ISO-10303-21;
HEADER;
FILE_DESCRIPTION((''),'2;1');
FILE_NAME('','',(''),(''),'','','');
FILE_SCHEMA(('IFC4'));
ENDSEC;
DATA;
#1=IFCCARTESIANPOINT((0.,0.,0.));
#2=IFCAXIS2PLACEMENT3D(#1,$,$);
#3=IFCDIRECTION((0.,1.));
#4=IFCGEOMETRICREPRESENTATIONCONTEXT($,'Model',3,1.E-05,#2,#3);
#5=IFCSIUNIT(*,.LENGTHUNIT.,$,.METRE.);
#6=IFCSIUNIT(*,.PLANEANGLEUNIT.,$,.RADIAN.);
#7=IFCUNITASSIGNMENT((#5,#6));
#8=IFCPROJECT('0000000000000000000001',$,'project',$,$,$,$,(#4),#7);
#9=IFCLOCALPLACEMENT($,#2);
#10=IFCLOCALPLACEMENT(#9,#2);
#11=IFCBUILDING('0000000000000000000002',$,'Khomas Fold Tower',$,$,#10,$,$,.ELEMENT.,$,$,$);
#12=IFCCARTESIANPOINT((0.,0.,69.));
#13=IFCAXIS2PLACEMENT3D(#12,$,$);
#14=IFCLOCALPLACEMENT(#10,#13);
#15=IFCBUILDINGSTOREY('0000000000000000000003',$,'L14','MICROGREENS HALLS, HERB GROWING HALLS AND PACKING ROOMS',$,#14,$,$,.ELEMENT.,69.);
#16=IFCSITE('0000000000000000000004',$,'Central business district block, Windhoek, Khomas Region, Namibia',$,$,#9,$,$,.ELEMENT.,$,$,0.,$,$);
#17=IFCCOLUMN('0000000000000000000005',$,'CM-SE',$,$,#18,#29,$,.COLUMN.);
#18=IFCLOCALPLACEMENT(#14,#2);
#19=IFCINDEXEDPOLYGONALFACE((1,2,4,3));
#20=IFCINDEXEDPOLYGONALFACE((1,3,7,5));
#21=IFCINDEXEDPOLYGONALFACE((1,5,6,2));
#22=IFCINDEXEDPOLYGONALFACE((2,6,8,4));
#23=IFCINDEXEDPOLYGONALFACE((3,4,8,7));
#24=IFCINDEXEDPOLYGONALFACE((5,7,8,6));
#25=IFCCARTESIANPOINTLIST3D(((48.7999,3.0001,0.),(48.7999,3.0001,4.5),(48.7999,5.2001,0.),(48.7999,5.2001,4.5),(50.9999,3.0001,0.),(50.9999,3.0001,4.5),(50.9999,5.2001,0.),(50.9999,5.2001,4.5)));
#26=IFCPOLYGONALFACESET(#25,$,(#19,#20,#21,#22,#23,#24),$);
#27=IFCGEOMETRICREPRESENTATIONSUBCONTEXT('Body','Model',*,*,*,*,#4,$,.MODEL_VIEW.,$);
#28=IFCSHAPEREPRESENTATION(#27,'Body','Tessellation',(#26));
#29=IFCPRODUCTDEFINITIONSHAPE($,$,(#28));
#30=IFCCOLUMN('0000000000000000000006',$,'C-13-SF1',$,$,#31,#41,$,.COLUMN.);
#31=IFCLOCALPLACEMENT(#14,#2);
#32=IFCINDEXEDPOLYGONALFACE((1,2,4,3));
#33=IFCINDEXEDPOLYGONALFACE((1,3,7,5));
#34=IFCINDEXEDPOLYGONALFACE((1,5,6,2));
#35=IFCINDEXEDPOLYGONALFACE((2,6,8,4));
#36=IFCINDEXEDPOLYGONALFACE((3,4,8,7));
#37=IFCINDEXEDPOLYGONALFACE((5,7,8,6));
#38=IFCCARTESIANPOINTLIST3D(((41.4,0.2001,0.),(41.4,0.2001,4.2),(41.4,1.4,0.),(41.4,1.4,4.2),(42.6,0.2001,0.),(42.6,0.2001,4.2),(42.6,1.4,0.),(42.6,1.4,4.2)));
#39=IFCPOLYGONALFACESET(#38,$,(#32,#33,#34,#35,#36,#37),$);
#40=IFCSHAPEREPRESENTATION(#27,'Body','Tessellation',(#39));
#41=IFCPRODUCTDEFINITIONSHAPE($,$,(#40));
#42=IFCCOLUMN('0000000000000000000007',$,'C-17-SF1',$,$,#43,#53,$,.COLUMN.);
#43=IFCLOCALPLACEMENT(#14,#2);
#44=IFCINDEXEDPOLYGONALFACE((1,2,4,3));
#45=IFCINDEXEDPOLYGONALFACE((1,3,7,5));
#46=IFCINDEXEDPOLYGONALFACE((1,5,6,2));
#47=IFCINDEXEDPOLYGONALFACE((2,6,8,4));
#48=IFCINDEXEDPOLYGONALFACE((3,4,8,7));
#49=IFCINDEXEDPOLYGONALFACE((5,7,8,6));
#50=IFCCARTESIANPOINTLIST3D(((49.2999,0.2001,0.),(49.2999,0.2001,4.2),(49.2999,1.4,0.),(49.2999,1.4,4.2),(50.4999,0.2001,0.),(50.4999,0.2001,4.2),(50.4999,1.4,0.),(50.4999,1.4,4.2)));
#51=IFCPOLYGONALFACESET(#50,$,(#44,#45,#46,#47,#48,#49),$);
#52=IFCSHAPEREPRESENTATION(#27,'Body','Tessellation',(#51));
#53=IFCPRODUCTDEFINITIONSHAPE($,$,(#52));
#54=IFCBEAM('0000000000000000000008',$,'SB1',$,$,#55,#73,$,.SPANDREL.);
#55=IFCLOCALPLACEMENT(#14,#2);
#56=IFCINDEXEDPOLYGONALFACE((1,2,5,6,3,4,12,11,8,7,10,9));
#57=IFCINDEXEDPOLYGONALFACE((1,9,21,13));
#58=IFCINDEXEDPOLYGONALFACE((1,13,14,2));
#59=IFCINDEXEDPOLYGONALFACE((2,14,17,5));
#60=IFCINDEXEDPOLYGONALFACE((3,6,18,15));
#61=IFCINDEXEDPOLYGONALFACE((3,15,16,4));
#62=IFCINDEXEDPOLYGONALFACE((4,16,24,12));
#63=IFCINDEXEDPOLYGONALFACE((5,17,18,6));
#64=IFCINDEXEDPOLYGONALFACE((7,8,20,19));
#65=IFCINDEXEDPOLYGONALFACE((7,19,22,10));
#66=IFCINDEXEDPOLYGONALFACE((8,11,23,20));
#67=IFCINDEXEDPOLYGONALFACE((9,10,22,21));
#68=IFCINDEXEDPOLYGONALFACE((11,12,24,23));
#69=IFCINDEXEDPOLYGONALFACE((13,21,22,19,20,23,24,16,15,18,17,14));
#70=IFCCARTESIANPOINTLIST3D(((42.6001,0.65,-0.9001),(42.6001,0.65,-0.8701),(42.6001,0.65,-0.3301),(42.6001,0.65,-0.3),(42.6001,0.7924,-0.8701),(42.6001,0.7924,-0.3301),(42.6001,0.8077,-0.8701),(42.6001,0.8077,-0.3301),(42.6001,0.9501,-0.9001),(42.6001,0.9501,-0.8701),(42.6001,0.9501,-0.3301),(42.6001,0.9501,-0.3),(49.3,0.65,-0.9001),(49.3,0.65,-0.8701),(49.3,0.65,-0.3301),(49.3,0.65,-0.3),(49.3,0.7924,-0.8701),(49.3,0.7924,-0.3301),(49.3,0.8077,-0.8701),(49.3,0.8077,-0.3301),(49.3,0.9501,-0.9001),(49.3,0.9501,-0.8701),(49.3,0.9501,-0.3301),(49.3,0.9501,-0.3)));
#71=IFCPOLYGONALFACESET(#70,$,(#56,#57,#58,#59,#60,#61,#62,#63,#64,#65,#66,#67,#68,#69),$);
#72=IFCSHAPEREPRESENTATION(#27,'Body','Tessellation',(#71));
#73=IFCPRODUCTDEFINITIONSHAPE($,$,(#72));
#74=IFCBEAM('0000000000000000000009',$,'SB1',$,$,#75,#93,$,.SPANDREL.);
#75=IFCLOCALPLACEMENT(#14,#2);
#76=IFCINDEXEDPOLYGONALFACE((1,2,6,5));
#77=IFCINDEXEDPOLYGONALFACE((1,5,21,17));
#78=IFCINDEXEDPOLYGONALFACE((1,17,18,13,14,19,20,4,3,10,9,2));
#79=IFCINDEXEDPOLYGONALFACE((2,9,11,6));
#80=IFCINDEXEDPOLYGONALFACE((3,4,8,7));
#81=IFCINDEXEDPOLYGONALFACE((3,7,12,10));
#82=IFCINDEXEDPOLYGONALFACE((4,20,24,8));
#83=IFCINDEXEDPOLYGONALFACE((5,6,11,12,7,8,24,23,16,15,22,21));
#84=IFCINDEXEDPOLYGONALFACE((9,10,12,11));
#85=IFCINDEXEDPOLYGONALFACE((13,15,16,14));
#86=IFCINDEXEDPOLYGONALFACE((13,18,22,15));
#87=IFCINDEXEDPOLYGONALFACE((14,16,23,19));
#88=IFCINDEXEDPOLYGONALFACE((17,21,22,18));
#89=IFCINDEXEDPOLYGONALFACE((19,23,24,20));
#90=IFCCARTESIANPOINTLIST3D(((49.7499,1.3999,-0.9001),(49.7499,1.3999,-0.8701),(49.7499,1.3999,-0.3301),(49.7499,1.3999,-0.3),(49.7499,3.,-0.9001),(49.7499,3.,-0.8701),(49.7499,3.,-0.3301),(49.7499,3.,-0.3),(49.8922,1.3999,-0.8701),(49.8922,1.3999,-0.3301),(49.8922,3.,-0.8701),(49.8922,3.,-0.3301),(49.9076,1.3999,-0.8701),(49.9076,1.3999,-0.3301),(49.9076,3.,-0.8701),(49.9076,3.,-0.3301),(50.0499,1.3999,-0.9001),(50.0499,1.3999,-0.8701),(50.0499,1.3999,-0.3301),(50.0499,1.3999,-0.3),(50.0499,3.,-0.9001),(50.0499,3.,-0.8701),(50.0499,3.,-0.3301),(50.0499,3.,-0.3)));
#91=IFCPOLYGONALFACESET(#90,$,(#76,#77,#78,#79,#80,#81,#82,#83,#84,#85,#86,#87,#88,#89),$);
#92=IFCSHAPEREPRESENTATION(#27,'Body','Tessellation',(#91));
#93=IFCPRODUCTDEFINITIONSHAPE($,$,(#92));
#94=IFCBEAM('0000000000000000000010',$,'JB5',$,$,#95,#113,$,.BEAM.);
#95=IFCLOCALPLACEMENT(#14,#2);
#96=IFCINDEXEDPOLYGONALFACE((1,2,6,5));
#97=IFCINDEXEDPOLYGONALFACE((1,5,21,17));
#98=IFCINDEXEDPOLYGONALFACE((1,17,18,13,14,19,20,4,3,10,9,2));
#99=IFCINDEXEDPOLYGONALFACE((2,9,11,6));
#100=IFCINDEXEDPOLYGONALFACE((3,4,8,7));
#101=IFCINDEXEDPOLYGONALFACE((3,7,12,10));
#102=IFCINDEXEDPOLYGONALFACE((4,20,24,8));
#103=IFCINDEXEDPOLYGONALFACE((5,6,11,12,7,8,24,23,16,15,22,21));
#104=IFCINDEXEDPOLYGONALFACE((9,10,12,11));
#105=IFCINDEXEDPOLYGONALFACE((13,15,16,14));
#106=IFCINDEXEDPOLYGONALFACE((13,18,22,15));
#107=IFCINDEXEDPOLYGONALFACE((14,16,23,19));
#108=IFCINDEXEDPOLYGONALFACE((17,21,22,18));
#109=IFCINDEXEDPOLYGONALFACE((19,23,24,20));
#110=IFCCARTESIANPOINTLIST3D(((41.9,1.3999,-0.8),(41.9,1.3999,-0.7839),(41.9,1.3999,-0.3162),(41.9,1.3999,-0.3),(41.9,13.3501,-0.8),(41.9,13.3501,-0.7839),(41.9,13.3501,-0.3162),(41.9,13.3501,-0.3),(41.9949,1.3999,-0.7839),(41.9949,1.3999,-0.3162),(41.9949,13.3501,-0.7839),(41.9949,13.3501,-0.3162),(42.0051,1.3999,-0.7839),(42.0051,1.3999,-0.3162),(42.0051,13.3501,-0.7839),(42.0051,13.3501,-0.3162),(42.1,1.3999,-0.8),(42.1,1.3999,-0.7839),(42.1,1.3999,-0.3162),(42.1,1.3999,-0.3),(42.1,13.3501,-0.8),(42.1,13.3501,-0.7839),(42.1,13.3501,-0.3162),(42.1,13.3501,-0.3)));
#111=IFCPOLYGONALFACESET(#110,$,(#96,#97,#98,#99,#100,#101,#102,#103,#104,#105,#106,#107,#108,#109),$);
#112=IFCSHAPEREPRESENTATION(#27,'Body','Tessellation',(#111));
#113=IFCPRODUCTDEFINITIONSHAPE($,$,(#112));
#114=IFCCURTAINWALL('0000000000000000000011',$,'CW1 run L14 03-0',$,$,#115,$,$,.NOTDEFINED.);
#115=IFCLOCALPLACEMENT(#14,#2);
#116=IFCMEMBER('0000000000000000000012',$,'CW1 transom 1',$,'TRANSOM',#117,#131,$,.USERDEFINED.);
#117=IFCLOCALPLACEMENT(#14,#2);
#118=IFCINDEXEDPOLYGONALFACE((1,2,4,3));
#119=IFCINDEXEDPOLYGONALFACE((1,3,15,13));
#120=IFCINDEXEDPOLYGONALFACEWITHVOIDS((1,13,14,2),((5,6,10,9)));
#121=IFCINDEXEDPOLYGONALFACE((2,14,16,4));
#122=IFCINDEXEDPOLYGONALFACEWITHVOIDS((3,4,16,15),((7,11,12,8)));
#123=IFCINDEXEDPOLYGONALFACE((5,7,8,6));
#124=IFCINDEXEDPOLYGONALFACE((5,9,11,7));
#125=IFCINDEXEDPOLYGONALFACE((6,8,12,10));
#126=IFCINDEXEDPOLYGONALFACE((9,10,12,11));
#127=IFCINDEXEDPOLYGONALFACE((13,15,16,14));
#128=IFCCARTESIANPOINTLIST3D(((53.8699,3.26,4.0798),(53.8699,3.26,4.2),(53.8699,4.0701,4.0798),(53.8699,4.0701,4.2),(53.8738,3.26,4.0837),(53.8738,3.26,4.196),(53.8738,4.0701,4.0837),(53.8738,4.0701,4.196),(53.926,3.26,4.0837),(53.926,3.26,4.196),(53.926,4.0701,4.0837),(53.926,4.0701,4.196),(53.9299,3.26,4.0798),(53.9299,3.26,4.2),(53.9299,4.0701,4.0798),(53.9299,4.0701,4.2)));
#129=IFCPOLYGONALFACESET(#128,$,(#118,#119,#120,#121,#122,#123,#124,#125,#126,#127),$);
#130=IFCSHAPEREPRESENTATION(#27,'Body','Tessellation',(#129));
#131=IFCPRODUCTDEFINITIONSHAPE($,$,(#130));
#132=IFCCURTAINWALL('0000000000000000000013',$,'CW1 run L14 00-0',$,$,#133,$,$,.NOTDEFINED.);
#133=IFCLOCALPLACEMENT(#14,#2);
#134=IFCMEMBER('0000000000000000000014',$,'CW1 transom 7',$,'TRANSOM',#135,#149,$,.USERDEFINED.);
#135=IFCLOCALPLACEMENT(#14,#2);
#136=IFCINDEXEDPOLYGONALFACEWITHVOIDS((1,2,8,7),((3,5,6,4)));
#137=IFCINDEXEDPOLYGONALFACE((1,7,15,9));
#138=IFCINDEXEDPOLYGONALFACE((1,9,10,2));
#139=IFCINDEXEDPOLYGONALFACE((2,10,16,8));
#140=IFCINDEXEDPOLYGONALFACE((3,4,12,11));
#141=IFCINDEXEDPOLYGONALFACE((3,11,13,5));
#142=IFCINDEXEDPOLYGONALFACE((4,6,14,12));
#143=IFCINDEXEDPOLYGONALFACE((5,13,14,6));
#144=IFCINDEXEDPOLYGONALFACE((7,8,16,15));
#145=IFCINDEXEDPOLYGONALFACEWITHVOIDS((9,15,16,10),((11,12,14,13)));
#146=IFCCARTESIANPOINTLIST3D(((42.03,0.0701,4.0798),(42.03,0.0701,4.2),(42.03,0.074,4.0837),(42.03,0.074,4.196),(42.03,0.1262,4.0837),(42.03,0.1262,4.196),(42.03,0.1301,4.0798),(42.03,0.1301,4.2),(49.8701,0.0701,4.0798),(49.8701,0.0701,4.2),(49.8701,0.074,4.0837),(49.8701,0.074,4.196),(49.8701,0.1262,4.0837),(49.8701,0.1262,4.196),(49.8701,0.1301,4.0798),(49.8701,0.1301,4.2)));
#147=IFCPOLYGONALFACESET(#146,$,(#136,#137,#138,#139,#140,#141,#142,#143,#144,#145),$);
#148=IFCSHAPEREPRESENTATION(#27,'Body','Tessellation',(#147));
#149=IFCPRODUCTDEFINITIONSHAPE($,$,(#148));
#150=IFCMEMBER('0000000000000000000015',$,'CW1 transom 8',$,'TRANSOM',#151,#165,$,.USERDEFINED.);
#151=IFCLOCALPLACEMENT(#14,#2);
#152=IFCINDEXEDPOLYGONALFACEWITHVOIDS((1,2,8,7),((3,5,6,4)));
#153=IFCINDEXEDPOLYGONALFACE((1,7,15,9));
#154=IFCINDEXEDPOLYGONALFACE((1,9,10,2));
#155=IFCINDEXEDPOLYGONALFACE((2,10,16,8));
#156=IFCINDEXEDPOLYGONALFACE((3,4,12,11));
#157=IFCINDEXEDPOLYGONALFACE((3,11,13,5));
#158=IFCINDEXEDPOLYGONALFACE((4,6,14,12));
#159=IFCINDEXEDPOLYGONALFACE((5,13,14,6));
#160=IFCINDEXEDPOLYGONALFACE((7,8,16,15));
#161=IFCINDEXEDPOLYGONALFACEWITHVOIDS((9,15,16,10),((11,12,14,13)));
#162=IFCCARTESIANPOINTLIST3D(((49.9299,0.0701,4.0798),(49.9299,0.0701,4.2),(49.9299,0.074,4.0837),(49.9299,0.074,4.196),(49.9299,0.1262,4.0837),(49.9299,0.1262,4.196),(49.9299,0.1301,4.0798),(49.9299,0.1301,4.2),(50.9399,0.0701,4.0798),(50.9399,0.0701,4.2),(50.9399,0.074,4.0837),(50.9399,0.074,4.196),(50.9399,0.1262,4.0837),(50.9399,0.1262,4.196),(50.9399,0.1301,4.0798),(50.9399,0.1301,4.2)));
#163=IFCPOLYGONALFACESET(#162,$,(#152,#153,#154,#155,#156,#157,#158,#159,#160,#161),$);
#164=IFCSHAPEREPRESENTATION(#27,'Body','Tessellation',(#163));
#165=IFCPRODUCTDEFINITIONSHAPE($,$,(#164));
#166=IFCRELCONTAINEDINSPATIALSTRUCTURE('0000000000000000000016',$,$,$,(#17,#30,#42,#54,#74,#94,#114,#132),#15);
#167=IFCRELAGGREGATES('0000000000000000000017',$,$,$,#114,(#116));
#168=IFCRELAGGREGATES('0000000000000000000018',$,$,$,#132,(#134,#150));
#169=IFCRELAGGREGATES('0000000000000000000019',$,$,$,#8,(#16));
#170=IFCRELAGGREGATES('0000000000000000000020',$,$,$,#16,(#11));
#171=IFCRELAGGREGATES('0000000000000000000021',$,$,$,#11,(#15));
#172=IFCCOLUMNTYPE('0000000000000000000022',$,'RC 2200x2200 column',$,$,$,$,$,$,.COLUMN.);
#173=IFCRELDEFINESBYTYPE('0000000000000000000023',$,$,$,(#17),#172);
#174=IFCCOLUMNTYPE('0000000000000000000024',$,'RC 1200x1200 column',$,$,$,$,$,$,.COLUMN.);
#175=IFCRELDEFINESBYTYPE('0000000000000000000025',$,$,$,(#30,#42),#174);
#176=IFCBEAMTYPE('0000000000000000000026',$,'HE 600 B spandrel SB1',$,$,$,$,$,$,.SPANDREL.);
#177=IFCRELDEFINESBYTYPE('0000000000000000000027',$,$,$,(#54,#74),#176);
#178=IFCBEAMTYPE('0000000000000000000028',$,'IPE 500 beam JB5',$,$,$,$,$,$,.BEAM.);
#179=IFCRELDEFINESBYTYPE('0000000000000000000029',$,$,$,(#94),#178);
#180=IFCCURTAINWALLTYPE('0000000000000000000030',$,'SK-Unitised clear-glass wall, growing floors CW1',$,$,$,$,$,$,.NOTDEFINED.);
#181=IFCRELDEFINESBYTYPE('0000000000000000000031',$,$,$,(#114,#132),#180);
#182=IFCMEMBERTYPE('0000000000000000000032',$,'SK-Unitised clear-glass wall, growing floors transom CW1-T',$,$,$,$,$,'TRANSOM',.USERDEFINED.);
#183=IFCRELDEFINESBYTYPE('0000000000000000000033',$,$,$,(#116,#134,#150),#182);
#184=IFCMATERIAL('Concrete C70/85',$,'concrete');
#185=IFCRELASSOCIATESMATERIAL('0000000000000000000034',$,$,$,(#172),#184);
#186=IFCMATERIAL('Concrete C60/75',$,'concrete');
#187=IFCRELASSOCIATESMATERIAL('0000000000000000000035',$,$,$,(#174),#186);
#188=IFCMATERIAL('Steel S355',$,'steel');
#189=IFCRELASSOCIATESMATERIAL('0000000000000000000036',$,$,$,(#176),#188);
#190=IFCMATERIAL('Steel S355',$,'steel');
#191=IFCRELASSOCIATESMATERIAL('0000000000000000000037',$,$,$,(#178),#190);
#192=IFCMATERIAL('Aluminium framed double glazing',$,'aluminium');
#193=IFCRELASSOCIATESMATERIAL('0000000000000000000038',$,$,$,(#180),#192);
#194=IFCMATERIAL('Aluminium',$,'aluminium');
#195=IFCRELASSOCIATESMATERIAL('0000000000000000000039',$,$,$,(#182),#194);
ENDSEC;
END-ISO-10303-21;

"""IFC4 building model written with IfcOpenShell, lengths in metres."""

from ifc_helpers import new_model, si_unit, direction, frame, origin, origin_2d, place, context, subcontext, project, spatial, rectangle, hollow_rectangle, i_section, extrude, source, transform, mapped, material, material_profile, profile_set, type_object, element, aggregate, save


model = new_model("IFC4")

# Units and contexts
model_context = context("Model", 3, precision=1e-05, world=origin(), true_north=direction((0.0, 1.0)))
body_context = subcontext(model_context, "Body", "Model", "MODEL_VIEW")
ifc_project = project(units=[si_unit("LENGTHUNIT", "METRE"), si_unit("PLANEANGLEUNIT", "RADIAN")], contexts=[model_context])

# Site, building, storey
site_placement = place(None, origin())
site = spatial("IfcSite", under=ifc_project, at=site_placement, Name="Central business district block, Windhoek, Khomas Region, Namibia", CompositionType="ELEMENT", RefElevation=0.0)
building_placement = place(site_placement, origin())
building = spatial("IfcBuilding", under=site, at=building_placement, Name="Khomas Fold Tower", CompositionType="ELEMENT")
storey_placement = place(building_placement, frame((0.0, 0.0, 69.0)))
storey = spatial("IfcBuildingStorey", under=building, at=storey_placement, Name="L14", Description="MICROGREENS HALLS, HERB GROWING HALLS AND PACKING ROOMS", CompositionType="ELEMENT", Elevation=69.0)

# Columns
ifc_material_1 = material(Name="Concrete C70/85", Category="concrete")
ifc_material_profile_1 = material_profile(ifc_material_1, rectangle(XDim=2.2, YDim=2.2, at=origin_2d()), Name="RC 2200x2200")
ifc_profile_set_1 = profile_set([ifc_material_profile_1], Name="Concrete C70/85")
column_type_1 = type_object("IfcColumnType", Name="RC 2200x2200 column", PredefinedType="COLUMN", material=ifc_profile_set_1)
shared_shape_1 = source(origin(), body_context, "Body", "SweptSolid", [
    extrude(rectangle(XDim=2.2, YDim=2.2, at=origin_2d()), origin(), (0.0, 0.0, 1.0), 4.5),
])
column_placement = place(storey_placement, frame((49.8999, 4.1001, 0.0), z_axis=(0.0, 0.0, 1.0), x_axis=(1.0, 0.0, 0.0)))
element("IfcColumn", 1, at=column_placement, inside=storey, type_object=column_type_1, Name="CM-SE", PredefinedType="COLUMN", context=body_context, shape_type="MappedRepresentation", body=[
    mapped(shared_shape_1, transform((0.0, 0.0, 0.0))),
])
ifc_material_2 = material(Name="Concrete C60/75", Category="concrete")
ifc_material_profile_2 = material_profile(ifc_material_2, rectangle(XDim=1.2, YDim=1.2, at=origin_2d()), Name="RC 1200x1200")
ifc_profile_set_2 = profile_set([ifc_material_profile_2], Name="Concrete C60/75")
column_type_2 = type_object("IfcColumnType", Name="RC 1200x1200 column", PredefinedType="COLUMN", material=ifc_profile_set_2)
shared_shape_2 = source(origin(), body_context, "Body", "SweptSolid", [
    extrude(rectangle(XDim=1.2, YDim=1.2, at=origin_2d()), origin(), (0.0, 0.0, 1.0), 4.2),
])
for number, where, z_axis, x_axis, name in (
    (2, (42.0, 0.8, 0.0), (0.0, 0.0, 1.0), (1.0, 0.0, 0.0), "C-13-SF1"),
    (3, (49.8999, 0.8, 0.0), (0.0, 0.0, 1.0), (1.0, 0.0, 0.0), "C-17-SF1"),
):
    element("IfcColumn", number, at=place(storey_placement, frame(where, z_axis=z_axis, x_axis=x_axis)), inside=storey, type_object=column_type_2, Name=name, PredefinedType="COLUMN", context=body_context, shape_type="MappedRepresentation", body=[
        mapped(shared_shape_2, transform((0.0, 0.0, 0.0))),
    ])

# Beams
ifc_material_3 = material(Name="Steel S355", Category="steel")
ifc_material_profile_3 = material_profile(ifc_material_3, i_section(OverallWidth=0.3, OverallDepth=0.6001, WebThickness=0.0154, FlangeThickness=0.03, at=origin_2d()), Name="HE 600 B")
ifc_profile_set_3 = profile_set([ifc_material_profile_3], Name="Steel S355")
beam_type_1 = type_object("IfcBeamType", Name="HE 600 B spandrel SB1", PredefinedType="SPANDREL", material=ifc_profile_set_3)
shared_shape_3 = source(origin(), body_context, "Body", "SweptSolid", [
    extrude(i_section(OverallWidth=0.3, OverallDepth=0.6001, WebThickness=0.0154, FlangeThickness=0.03, at=origin_2d()), origin(), (0.0, 0.0, 1.0), 6.7),
])
beam_1_placement = place(storey_placement, frame((42.6001, 0.8, -0.6001), z_axis=(1.0, 0.0, 0.0), x_axis=(0.0, 1.0, 0.0)))
element("IfcBeam", 4, at=beam_1_placement, inside=storey, type_object=beam_type_1, Name="SB1", PredefinedType="SPANDREL", context=body_context, shape_type="MappedRepresentation", body=[
    mapped(shared_shape_3, transform((0.0, 0.0, 0.0))),
])
shared_shape_4 = source(origin(), body_context, "Body", "SweptSolid", [
    extrude(i_section(OverallWidth=0.3, OverallDepth=0.6001, WebThickness=0.0154, FlangeThickness=0.03, at=origin_2d()), origin(), (0.0, 0.0, 1.0), 1.6001),
])
beam_2_placement = place(storey_placement, frame((49.8999, 1.3999, -0.6001), z_axis=(0.0, 1.0, 0.0), x_axis=(-1.0, 0.0, 0.0)))
element("IfcBeam", 5, at=beam_2_placement, inside=storey, type_object=beam_type_1, Name="SB1", PredefinedType="SPANDREL", context=body_context, shape_type="MappedRepresentation", body=[
    mapped(shared_shape_4, transform((0.0, 0.0, 0.0))),
])
ifc_material_4 = material(Name="Steel S355", Category="steel")
ifc_material_profile_4 = material_profile(ifc_material_4, i_section(OverallWidth=0.2, OverallDepth=0.5, WebThickness=0.0103, FlangeThickness=0.0161, at=origin_2d()), Name="IPE 500")
ifc_profile_set_4 = profile_set([ifc_material_profile_4], Name="Steel S355")
beam_type_2 = type_object("IfcBeamType", Name="IPE 500 beam JB5", PredefinedType="BEAM", material=ifc_profile_set_4)
shared_shape_5 = source(origin(), body_context, "Body", "SweptSolid", [
    extrude(i_section(OverallWidth=0.2, OverallDepth=0.5, WebThickness=0.0103, FlangeThickness=0.0161, at=origin_2d()), origin(), (0.0, 0.0, 1.0), 11.9502),
])
beam_3_placement = place(storey_placement, frame((42.0, 1.3999, -0.55), z_axis=(0.0, 1.0, 0.0), x_axis=(-1.0, 0.0, 0.0)))
element("IfcBeam", 6, at=beam_3_placement, inside=storey, type_object=beam_type_2, Name="JB5", PredefinedType="BEAM", context=body_context, shape_type="MappedRepresentation", body=[
    mapped(shared_shape_5, transform((0.0, 0.0, 0.0))),
])

# Curtain wall, member
ifc_material_5 = material(Name="Aluminium framed double glazing", Category="aluminium")
curtain_wall_type = type_object("IfcCurtainWallType", Name="SK-Unitised clear-glass wall, growing floors CW1", PredefinedType="NOTDEFINED", material=ifc_material_5)
curtain_wall_1_placement = place(storey_placement, origin())
curtain_wall_1 = element("IfcCurtainWall", 7, at=curtain_wall_1_placement, inside=storey, type_object=curtain_wall_type, Name="CW1 run L14 03-0", PredefinedType="NOTDEFINED")
ifc_material_6 = material(Name="Aluminium", Category="aluminium")
ifc_material_profile_5 = material_profile(ifc_material_6, hollow_rectangle(XDim=0.0601, YDim=0.1201, WallThickness=0.0039, at=origin_2d()), Name="SK-Unitised clear-glass wall, growing floors transom CW1-T")
ifc_profile_set_5 = profile_set([ifc_material_profile_5], Name="Aluminium")
member_type_1 = type_object("IfcMemberType", Name="SK-Unitised clear-glass wall, growing floors transom CW1-T", ElementType="TRANSOM", PredefinedType="USERDEFINED", material=ifc_profile_set_5)
shared_shape_6 = source(origin(), body_context, "Body", "SweptSolid", [
    extrude(hollow_rectangle(XDim=0.0601, YDim=0.1201, WallThickness=0.0039, at=origin_2d()), origin(), (0.0, 0.0, 1.0), 0.8101),
])
member_1_placement = place(storey_placement, frame((53.8999, 3.26, 4.1399), z_axis=(0.0, 1.0, 0.0), x_axis=(-1.0, 0.0, 0.0)))
member_1 = element("IfcMember", 8, at=member_1_placement, type_object=member_type_1, Name="CW1 transom 1", ObjectType="TRANSOM", PredefinedType="USERDEFINED", context=body_context, shape_type="MappedRepresentation", body=[
    mapped(shared_shape_6, transform((0.0, 0.0, 0.0))),
])

# Curtain wall, members
curtain_wall_2_placement = place(storey_placement, origin())
curtain_wall_2 = element("IfcCurtainWall", 9, at=curtain_wall_2_placement, inside=storey, type_object=curtain_wall_type, Name="CW1 run L14 00-0", PredefinedType="NOTDEFINED")
shared_shape_7 = source(origin(), body_context, "Body", "SweptSolid", [
    extrude(hollow_rectangle(XDim=0.0601, YDim=0.1201, WallThickness=0.0039, at=origin_2d()), origin(), (0.0, 0.0, 1.0), 7.8401),
])
member_2_placement = place(storey_placement, frame((42.03, 0.1001, 4.1399), z_axis=(1.0, 0.0, 0.0), x_axis=(0.0, 1.0, 0.0)))
member_2 = element("IfcMember", 10, at=member_2_placement, type_object=member_type_1, Name="CW1 transom 7", ObjectType="TRANSOM", PredefinedType="USERDEFINED", context=body_context, shape_type="MappedRepresentation", body=[
    mapped(shared_shape_7, transform((0.0, 0.0, 0.0))),
])
shared_shape_8 = source(origin(), body_context, "Body", "SweptSolid", [
    extrude(hollow_rectangle(XDim=0.0601, YDim=0.1201, WallThickness=0.0039, at=origin_2d()), origin(), (0.0, 0.0, 1.0), 1.01),
])
member_3_placement = place(storey_placement, frame((49.9299, 0.1001, 4.1399), z_axis=(1.0, 0.0, 0.0), x_axis=(0.0, 1.0, 0.0)))
member_3 = element("IfcMember", 11, at=member_3_placement, type_object=member_type_1, Name="CW1 transom 8", ObjectType="TRANSOM", PredefinedType="USERDEFINED", context=body_context, shape_type="MappedRepresentation", body=[
    mapped(shared_shape_8, transform((0.0, 0.0, 0.0))),
])

aggregate(curtain_wall_1, [member_1])
aggregate(curtain_wall_2, [member_2, member_3])

save(model, "model.ifc")
